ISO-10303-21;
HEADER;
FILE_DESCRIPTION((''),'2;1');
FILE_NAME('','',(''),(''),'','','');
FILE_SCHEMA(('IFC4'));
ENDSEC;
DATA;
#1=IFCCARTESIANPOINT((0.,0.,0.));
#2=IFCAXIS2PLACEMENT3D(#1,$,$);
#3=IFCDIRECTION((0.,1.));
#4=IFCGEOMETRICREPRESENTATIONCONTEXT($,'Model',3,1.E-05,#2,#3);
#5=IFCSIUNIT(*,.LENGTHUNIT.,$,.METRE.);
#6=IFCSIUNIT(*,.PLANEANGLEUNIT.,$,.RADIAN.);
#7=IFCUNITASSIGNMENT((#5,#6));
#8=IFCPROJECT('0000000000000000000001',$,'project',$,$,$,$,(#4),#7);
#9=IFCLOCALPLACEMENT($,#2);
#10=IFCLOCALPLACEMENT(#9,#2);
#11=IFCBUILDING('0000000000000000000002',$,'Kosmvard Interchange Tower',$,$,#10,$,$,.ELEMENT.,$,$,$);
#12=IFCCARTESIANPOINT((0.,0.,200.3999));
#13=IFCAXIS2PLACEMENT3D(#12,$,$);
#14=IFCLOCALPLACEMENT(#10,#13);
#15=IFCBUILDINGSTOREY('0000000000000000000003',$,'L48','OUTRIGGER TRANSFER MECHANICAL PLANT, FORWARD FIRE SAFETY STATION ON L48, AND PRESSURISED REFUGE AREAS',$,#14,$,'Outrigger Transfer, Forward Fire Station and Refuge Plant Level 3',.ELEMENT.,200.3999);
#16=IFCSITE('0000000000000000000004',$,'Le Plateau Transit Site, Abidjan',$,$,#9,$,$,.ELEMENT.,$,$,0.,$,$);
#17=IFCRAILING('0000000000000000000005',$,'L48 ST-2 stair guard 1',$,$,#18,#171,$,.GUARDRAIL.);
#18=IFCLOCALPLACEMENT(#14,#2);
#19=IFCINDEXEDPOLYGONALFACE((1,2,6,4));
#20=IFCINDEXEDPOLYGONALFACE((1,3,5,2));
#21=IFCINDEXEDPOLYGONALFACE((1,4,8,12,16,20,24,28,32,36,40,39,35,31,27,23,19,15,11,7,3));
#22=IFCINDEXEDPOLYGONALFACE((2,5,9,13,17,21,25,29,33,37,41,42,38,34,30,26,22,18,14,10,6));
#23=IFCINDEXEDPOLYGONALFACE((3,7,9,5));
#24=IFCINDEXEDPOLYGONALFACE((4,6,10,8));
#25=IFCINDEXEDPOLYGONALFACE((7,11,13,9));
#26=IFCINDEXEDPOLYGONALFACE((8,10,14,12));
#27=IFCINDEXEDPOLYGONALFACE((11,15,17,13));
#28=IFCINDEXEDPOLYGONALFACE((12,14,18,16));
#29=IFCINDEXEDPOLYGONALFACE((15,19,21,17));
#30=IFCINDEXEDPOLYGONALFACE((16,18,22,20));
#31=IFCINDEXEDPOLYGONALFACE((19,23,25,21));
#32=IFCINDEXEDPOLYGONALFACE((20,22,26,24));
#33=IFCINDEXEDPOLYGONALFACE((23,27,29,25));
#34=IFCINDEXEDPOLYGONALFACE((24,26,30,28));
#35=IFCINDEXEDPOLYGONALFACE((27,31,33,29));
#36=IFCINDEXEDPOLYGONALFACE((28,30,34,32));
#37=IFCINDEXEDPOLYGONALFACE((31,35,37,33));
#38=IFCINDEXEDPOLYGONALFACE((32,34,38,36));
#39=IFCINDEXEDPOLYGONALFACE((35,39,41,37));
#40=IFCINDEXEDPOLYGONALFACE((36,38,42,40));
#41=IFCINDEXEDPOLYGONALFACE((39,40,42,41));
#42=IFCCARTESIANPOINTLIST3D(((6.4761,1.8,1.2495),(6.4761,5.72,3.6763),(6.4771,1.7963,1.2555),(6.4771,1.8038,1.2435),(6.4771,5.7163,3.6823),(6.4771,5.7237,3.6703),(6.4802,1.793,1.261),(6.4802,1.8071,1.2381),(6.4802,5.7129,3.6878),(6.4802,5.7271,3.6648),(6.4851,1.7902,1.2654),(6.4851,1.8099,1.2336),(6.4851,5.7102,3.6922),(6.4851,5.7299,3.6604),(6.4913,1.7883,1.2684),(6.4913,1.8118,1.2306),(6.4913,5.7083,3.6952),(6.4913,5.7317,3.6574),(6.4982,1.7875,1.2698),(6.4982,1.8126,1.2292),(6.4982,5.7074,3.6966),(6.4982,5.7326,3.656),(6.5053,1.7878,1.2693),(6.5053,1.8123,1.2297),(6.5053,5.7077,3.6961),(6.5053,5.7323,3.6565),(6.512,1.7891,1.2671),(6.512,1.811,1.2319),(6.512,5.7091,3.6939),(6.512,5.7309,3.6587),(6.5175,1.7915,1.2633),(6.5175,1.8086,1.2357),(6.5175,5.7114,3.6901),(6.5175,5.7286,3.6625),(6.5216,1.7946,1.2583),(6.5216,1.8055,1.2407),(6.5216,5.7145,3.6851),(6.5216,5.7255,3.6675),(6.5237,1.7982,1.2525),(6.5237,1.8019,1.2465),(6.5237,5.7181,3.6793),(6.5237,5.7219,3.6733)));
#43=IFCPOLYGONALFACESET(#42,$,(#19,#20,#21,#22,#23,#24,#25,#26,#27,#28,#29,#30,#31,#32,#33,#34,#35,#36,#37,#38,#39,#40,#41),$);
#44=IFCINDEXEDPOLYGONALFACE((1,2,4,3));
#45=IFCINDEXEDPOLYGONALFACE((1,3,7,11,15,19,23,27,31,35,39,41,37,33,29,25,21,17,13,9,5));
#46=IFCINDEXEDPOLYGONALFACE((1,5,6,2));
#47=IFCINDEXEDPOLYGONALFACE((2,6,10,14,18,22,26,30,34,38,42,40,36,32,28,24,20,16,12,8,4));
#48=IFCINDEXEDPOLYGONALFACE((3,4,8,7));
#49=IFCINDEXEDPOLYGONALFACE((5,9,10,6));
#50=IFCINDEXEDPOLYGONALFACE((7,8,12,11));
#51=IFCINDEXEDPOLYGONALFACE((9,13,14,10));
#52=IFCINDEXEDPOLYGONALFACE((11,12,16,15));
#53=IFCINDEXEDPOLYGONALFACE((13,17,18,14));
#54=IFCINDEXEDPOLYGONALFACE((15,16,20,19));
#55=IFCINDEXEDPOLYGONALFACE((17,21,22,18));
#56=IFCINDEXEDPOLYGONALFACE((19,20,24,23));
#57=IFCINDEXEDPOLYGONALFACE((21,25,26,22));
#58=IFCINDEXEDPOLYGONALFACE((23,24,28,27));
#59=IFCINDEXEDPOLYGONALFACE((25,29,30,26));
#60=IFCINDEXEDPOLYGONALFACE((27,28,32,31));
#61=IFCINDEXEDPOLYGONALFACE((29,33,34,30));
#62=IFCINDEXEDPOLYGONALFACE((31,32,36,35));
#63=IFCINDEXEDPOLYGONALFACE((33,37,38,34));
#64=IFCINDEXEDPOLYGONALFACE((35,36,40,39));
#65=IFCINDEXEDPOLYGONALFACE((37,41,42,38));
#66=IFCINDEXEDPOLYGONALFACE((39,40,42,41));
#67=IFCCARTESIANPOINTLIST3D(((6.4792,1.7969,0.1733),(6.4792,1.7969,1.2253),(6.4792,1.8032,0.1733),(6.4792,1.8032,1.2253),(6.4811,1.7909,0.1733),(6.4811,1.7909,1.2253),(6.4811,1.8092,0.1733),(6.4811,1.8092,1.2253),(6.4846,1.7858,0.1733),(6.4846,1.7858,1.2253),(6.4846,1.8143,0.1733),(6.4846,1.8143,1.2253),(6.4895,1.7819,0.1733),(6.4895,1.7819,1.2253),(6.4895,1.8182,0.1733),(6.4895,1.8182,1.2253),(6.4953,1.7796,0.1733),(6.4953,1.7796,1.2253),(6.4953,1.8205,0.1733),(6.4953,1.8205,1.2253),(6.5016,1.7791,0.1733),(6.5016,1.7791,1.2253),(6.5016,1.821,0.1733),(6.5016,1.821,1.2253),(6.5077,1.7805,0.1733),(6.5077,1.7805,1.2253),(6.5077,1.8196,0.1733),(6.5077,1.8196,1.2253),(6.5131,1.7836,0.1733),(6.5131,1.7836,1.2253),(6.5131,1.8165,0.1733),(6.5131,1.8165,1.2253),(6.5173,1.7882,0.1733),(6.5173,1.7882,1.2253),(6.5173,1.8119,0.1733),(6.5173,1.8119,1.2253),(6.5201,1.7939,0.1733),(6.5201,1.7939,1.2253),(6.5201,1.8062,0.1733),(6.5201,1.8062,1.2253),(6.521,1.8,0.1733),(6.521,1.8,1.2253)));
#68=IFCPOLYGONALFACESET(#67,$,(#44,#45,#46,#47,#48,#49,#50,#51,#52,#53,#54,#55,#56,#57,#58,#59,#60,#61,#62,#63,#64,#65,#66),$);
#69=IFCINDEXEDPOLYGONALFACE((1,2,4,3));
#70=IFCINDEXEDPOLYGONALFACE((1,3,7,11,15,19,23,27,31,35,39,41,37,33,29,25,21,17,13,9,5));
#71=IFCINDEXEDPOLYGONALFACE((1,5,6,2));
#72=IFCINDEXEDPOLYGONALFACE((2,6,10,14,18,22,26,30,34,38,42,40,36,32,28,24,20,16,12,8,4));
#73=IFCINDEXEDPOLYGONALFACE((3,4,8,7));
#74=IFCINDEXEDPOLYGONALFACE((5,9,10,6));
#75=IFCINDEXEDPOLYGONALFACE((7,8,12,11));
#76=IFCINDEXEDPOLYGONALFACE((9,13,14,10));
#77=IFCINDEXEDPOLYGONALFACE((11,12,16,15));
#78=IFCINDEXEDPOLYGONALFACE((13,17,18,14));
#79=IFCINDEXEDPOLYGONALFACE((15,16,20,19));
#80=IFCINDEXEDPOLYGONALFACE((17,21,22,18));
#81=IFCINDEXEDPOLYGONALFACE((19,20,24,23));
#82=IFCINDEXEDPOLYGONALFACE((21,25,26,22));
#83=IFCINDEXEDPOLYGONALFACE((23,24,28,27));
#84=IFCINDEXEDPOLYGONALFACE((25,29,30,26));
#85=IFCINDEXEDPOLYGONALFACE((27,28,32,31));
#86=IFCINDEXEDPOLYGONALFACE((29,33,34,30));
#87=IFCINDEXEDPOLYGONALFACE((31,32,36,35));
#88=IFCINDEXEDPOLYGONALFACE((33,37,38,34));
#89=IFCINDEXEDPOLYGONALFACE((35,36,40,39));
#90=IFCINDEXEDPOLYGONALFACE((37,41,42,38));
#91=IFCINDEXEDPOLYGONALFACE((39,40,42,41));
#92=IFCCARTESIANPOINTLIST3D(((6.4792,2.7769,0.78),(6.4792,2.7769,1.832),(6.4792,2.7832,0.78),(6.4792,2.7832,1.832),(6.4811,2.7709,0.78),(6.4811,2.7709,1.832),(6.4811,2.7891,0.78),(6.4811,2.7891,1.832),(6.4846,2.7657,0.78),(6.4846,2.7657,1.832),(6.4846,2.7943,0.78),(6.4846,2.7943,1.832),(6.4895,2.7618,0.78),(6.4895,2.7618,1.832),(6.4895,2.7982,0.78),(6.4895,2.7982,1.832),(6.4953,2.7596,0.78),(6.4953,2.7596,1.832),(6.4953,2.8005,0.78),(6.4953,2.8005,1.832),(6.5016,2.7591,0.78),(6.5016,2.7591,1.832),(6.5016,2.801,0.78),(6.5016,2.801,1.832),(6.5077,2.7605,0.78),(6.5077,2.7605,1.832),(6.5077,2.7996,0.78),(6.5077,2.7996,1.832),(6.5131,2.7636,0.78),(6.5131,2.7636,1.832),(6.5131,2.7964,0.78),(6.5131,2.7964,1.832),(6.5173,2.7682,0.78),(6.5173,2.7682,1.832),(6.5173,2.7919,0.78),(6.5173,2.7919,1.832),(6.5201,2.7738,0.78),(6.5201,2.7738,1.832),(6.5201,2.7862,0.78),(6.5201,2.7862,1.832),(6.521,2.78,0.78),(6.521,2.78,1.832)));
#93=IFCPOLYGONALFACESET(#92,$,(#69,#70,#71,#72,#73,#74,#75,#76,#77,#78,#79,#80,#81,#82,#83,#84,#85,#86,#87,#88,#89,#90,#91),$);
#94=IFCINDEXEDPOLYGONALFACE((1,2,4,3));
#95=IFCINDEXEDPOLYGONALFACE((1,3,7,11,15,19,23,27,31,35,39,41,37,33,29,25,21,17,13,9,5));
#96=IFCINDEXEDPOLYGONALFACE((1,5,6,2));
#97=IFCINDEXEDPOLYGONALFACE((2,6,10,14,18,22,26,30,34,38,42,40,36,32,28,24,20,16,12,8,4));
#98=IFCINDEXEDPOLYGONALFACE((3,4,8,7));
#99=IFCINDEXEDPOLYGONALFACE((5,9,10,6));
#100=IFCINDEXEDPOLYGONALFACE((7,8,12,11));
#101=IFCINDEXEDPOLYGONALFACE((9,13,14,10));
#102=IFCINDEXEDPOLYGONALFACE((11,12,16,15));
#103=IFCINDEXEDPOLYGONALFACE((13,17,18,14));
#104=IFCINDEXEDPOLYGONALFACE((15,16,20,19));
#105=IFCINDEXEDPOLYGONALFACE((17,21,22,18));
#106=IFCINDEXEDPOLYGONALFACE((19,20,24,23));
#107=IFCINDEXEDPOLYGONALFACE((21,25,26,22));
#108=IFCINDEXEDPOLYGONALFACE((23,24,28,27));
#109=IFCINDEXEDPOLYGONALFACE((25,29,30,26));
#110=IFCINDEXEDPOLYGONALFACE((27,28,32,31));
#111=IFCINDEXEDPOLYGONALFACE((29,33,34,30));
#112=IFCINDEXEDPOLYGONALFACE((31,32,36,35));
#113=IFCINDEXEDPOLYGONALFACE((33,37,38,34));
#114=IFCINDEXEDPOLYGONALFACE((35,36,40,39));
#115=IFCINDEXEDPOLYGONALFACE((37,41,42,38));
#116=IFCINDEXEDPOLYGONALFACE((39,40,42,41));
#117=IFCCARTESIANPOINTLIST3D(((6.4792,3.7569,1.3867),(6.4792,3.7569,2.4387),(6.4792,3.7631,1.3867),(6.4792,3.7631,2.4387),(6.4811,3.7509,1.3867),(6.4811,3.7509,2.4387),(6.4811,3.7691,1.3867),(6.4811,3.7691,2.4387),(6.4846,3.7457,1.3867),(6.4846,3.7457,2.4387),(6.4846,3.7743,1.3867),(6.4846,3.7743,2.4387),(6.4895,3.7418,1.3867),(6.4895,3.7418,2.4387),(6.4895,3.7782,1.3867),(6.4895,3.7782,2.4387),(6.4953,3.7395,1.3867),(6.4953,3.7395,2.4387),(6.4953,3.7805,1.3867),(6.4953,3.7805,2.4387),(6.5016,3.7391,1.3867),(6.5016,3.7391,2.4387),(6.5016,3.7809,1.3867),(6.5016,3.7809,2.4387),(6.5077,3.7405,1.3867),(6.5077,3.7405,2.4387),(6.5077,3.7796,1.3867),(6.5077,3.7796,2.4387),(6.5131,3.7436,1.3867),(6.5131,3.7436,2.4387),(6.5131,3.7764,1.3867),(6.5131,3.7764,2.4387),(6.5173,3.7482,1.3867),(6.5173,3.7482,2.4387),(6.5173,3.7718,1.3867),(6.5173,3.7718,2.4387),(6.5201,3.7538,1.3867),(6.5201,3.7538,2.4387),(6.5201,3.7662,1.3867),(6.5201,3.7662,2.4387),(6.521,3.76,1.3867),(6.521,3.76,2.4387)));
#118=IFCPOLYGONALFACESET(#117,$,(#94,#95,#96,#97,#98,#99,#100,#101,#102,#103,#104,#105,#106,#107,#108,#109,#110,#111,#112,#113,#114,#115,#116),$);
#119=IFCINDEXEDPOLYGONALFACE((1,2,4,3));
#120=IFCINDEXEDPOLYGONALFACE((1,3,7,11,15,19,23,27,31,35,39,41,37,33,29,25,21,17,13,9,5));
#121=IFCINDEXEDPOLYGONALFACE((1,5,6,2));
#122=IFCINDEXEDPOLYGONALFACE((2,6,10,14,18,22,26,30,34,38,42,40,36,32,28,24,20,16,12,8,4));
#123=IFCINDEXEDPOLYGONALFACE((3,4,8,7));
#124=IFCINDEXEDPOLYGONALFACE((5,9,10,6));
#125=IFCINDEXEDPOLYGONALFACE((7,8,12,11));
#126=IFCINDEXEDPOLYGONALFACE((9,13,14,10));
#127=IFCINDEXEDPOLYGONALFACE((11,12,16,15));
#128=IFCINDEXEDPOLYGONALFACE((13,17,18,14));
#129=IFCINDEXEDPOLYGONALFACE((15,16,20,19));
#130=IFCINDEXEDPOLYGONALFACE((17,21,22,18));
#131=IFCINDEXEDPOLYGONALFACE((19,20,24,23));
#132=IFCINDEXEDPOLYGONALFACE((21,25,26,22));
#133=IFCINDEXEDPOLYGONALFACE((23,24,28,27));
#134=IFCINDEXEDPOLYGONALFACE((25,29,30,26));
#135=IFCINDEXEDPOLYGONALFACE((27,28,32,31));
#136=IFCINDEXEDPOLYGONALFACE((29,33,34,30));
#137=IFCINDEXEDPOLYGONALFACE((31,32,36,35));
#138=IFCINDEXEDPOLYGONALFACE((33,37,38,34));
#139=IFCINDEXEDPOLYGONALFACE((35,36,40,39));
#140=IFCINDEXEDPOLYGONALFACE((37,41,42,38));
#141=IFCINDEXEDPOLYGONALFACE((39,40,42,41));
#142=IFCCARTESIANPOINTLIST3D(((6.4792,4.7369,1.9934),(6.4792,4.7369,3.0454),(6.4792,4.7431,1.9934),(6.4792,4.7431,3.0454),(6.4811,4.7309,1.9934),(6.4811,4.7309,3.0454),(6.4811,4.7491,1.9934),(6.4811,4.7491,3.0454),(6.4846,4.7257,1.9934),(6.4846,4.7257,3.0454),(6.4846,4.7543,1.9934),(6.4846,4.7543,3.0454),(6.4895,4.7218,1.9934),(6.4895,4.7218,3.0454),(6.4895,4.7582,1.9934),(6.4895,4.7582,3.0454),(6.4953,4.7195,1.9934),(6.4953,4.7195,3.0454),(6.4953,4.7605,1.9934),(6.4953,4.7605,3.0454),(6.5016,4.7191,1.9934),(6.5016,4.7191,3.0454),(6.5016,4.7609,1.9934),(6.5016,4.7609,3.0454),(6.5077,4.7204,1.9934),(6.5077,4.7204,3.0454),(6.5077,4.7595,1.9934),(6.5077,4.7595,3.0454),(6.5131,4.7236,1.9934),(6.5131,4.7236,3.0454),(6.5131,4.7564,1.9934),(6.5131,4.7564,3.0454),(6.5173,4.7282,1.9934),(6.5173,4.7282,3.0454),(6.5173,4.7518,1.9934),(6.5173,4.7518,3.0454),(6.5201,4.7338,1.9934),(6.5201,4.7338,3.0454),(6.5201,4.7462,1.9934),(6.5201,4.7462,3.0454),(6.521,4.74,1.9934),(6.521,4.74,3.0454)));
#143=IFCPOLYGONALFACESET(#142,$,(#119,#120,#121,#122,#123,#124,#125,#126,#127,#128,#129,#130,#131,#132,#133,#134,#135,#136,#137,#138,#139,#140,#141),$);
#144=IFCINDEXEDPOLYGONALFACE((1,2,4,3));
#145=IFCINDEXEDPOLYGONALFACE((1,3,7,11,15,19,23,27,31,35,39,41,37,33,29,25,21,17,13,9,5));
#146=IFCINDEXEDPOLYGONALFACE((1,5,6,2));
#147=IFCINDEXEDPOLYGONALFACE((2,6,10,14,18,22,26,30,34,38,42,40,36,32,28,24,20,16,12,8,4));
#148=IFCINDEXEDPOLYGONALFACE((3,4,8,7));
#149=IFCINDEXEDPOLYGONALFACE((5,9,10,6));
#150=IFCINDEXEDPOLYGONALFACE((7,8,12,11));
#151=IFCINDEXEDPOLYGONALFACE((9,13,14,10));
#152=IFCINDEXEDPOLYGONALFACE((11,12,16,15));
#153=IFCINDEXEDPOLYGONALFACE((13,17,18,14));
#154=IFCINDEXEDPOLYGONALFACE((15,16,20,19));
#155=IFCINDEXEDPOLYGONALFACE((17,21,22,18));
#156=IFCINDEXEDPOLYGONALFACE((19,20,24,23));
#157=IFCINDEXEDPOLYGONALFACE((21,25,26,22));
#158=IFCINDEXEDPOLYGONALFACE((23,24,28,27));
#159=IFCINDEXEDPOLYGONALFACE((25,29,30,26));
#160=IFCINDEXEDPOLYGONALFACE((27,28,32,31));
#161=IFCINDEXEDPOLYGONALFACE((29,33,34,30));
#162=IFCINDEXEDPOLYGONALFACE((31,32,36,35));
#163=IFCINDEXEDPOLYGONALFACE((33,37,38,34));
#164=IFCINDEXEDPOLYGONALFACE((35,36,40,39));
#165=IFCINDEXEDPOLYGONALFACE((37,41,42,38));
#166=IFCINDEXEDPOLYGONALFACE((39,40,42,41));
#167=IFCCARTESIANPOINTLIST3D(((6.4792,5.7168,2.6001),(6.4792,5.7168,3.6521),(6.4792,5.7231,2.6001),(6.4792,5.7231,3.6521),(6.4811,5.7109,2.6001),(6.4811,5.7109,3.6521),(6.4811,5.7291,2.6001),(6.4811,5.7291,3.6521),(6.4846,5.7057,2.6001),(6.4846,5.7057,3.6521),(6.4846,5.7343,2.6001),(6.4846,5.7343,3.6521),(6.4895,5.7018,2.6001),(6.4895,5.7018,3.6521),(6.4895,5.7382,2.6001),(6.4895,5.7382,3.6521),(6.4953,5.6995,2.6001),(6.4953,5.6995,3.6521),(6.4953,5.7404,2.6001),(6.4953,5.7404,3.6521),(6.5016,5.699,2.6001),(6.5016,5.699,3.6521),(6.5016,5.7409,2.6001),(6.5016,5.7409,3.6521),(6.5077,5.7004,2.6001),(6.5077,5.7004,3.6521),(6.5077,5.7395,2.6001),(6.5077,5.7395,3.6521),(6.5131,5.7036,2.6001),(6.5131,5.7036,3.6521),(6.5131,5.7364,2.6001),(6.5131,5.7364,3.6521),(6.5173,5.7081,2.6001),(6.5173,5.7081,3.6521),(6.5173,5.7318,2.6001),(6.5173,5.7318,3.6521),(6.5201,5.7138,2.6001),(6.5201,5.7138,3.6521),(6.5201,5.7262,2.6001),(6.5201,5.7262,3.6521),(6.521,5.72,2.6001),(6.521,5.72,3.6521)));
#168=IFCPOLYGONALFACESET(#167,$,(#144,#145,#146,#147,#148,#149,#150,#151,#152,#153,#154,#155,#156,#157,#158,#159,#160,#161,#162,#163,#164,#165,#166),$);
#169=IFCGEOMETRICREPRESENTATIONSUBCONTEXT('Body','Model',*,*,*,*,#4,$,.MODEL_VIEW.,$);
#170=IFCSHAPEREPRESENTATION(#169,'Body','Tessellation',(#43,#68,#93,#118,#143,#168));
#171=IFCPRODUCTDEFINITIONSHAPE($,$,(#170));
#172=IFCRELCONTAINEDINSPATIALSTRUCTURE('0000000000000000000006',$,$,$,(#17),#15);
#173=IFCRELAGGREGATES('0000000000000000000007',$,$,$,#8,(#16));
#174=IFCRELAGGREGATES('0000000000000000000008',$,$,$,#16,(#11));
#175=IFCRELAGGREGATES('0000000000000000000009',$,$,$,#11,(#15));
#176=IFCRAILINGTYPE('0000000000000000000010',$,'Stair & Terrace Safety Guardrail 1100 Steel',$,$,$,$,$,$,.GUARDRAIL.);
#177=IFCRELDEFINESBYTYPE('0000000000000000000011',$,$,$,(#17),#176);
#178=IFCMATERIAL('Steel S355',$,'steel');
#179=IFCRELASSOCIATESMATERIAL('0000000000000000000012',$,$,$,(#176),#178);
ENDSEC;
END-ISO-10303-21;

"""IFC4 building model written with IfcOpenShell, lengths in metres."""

from ifc_helpers import new_model, si_unit, direction, frame, origin, origin_2d, place, context, subcontext, project, spatial, circle, extrude, source, transform, mapped, material, type_object, element, save


model = new_model("IFC4")

# Units and contexts
model_context = context("Model", 3, precision=1e-05, world=origin(), true_north=direction((0.0, 1.0)))
body_context = subcontext(model_context, "Body", "Model", "MODEL_VIEW")
ifc_project = project(units=[si_unit("LENGTHUNIT", "METRE"), si_unit("PLANEANGLEUNIT", "RADIAN")], contexts=[model_context])

# Site, building, storey
site_placement = place(None, origin())
site = spatial("IfcSite", under=ifc_project, at=site_placement, Name="Le Plateau Transit Site, Abidjan", CompositionType="ELEMENT", RefElevation=0.0)
building_placement = place(site_placement, origin())
building = spatial("IfcBuilding", under=site, at=building_placement, Name="Kosmvard Interchange Tower", CompositionType="ELEMENT")
storey_placement = place(building_placement, frame((0.0, 0.0, 200.3999)))
storey = spatial("IfcBuildingStorey", under=building, at=storey_placement, Name="L48", Description="OUTRIGGER TRANSFER MECHANICAL PLANT, FORWARD FIRE SAFETY STATION ON L48, AND PRESSURISED REFUGE AREAS", LongName="Outrigger Transfer, Forward Fire Station and Refuge Plant Level 3", CompositionType="ELEMENT", Elevation=200.3999)

# Railing
ifc_material_1 = material(Name="Steel S355", Category="steel")
railing_type_1 = type_object("IfcRailingType", Name="Stair & Terrace Safety Guardrail 1100 Steel", PredefinedType="GUARDRAIL", material=ifc_material_1)
shared_shape_1 = source(origin(), body_context, "Body", "SweptSolid", [
    extrude(circle(Radius=0.0239, at=origin_2d()), frame((0.0, 0.0, 1.0762), z_axis=(0.0, 0.850252, 0.526376), x_axis=(-1.0, 0.0, 0.0)), (0.0, 0.0, 1.0), 4.6104),
    extrude(circle(Radius=0.021, at=origin_2d()), origin(), (0.0, 0.0, 1.0), 1.052),
    extrude(circle(Radius=0.021, at=origin_2d()), frame((0.0, 0.98, 0.6067)), (0.0, 0.0, 1.0), 1.052),
    extrude(circle(Radius=0.021, at=origin_2d()), frame((0.0, 1.96, 1.2134)), (0.0, 0.0, 1.0), 1.052),
    extrude(circle(Radius=0.021, at=origin_2d()), frame((0.0, 2.9399, 1.8201)), (0.0, 0.0, 1.0), 1.052),
    extrude(circle(Radius=0.021, at=origin_2d()), frame((0.0, 3.9199, 2.4268)), (0.0, 0.0, 1.0), 1.052),
])
railing_1_placement = place(storey_placement, frame((6.5, 1.8, 0.1733)))
element("IfcRailing", 1, at=railing_1_placement, inside=storey, type_object=railing_type_1, Name="L48 ST-2 stair guard 1", PredefinedType="GUARDRAIL", context=body_context, shape_type="MappedRepresentation", body=[
    mapped(shared_shape_1, transform((0.0, 0.0, 0.0), scale=1.0)),
])

save(model, "model.ifc")
